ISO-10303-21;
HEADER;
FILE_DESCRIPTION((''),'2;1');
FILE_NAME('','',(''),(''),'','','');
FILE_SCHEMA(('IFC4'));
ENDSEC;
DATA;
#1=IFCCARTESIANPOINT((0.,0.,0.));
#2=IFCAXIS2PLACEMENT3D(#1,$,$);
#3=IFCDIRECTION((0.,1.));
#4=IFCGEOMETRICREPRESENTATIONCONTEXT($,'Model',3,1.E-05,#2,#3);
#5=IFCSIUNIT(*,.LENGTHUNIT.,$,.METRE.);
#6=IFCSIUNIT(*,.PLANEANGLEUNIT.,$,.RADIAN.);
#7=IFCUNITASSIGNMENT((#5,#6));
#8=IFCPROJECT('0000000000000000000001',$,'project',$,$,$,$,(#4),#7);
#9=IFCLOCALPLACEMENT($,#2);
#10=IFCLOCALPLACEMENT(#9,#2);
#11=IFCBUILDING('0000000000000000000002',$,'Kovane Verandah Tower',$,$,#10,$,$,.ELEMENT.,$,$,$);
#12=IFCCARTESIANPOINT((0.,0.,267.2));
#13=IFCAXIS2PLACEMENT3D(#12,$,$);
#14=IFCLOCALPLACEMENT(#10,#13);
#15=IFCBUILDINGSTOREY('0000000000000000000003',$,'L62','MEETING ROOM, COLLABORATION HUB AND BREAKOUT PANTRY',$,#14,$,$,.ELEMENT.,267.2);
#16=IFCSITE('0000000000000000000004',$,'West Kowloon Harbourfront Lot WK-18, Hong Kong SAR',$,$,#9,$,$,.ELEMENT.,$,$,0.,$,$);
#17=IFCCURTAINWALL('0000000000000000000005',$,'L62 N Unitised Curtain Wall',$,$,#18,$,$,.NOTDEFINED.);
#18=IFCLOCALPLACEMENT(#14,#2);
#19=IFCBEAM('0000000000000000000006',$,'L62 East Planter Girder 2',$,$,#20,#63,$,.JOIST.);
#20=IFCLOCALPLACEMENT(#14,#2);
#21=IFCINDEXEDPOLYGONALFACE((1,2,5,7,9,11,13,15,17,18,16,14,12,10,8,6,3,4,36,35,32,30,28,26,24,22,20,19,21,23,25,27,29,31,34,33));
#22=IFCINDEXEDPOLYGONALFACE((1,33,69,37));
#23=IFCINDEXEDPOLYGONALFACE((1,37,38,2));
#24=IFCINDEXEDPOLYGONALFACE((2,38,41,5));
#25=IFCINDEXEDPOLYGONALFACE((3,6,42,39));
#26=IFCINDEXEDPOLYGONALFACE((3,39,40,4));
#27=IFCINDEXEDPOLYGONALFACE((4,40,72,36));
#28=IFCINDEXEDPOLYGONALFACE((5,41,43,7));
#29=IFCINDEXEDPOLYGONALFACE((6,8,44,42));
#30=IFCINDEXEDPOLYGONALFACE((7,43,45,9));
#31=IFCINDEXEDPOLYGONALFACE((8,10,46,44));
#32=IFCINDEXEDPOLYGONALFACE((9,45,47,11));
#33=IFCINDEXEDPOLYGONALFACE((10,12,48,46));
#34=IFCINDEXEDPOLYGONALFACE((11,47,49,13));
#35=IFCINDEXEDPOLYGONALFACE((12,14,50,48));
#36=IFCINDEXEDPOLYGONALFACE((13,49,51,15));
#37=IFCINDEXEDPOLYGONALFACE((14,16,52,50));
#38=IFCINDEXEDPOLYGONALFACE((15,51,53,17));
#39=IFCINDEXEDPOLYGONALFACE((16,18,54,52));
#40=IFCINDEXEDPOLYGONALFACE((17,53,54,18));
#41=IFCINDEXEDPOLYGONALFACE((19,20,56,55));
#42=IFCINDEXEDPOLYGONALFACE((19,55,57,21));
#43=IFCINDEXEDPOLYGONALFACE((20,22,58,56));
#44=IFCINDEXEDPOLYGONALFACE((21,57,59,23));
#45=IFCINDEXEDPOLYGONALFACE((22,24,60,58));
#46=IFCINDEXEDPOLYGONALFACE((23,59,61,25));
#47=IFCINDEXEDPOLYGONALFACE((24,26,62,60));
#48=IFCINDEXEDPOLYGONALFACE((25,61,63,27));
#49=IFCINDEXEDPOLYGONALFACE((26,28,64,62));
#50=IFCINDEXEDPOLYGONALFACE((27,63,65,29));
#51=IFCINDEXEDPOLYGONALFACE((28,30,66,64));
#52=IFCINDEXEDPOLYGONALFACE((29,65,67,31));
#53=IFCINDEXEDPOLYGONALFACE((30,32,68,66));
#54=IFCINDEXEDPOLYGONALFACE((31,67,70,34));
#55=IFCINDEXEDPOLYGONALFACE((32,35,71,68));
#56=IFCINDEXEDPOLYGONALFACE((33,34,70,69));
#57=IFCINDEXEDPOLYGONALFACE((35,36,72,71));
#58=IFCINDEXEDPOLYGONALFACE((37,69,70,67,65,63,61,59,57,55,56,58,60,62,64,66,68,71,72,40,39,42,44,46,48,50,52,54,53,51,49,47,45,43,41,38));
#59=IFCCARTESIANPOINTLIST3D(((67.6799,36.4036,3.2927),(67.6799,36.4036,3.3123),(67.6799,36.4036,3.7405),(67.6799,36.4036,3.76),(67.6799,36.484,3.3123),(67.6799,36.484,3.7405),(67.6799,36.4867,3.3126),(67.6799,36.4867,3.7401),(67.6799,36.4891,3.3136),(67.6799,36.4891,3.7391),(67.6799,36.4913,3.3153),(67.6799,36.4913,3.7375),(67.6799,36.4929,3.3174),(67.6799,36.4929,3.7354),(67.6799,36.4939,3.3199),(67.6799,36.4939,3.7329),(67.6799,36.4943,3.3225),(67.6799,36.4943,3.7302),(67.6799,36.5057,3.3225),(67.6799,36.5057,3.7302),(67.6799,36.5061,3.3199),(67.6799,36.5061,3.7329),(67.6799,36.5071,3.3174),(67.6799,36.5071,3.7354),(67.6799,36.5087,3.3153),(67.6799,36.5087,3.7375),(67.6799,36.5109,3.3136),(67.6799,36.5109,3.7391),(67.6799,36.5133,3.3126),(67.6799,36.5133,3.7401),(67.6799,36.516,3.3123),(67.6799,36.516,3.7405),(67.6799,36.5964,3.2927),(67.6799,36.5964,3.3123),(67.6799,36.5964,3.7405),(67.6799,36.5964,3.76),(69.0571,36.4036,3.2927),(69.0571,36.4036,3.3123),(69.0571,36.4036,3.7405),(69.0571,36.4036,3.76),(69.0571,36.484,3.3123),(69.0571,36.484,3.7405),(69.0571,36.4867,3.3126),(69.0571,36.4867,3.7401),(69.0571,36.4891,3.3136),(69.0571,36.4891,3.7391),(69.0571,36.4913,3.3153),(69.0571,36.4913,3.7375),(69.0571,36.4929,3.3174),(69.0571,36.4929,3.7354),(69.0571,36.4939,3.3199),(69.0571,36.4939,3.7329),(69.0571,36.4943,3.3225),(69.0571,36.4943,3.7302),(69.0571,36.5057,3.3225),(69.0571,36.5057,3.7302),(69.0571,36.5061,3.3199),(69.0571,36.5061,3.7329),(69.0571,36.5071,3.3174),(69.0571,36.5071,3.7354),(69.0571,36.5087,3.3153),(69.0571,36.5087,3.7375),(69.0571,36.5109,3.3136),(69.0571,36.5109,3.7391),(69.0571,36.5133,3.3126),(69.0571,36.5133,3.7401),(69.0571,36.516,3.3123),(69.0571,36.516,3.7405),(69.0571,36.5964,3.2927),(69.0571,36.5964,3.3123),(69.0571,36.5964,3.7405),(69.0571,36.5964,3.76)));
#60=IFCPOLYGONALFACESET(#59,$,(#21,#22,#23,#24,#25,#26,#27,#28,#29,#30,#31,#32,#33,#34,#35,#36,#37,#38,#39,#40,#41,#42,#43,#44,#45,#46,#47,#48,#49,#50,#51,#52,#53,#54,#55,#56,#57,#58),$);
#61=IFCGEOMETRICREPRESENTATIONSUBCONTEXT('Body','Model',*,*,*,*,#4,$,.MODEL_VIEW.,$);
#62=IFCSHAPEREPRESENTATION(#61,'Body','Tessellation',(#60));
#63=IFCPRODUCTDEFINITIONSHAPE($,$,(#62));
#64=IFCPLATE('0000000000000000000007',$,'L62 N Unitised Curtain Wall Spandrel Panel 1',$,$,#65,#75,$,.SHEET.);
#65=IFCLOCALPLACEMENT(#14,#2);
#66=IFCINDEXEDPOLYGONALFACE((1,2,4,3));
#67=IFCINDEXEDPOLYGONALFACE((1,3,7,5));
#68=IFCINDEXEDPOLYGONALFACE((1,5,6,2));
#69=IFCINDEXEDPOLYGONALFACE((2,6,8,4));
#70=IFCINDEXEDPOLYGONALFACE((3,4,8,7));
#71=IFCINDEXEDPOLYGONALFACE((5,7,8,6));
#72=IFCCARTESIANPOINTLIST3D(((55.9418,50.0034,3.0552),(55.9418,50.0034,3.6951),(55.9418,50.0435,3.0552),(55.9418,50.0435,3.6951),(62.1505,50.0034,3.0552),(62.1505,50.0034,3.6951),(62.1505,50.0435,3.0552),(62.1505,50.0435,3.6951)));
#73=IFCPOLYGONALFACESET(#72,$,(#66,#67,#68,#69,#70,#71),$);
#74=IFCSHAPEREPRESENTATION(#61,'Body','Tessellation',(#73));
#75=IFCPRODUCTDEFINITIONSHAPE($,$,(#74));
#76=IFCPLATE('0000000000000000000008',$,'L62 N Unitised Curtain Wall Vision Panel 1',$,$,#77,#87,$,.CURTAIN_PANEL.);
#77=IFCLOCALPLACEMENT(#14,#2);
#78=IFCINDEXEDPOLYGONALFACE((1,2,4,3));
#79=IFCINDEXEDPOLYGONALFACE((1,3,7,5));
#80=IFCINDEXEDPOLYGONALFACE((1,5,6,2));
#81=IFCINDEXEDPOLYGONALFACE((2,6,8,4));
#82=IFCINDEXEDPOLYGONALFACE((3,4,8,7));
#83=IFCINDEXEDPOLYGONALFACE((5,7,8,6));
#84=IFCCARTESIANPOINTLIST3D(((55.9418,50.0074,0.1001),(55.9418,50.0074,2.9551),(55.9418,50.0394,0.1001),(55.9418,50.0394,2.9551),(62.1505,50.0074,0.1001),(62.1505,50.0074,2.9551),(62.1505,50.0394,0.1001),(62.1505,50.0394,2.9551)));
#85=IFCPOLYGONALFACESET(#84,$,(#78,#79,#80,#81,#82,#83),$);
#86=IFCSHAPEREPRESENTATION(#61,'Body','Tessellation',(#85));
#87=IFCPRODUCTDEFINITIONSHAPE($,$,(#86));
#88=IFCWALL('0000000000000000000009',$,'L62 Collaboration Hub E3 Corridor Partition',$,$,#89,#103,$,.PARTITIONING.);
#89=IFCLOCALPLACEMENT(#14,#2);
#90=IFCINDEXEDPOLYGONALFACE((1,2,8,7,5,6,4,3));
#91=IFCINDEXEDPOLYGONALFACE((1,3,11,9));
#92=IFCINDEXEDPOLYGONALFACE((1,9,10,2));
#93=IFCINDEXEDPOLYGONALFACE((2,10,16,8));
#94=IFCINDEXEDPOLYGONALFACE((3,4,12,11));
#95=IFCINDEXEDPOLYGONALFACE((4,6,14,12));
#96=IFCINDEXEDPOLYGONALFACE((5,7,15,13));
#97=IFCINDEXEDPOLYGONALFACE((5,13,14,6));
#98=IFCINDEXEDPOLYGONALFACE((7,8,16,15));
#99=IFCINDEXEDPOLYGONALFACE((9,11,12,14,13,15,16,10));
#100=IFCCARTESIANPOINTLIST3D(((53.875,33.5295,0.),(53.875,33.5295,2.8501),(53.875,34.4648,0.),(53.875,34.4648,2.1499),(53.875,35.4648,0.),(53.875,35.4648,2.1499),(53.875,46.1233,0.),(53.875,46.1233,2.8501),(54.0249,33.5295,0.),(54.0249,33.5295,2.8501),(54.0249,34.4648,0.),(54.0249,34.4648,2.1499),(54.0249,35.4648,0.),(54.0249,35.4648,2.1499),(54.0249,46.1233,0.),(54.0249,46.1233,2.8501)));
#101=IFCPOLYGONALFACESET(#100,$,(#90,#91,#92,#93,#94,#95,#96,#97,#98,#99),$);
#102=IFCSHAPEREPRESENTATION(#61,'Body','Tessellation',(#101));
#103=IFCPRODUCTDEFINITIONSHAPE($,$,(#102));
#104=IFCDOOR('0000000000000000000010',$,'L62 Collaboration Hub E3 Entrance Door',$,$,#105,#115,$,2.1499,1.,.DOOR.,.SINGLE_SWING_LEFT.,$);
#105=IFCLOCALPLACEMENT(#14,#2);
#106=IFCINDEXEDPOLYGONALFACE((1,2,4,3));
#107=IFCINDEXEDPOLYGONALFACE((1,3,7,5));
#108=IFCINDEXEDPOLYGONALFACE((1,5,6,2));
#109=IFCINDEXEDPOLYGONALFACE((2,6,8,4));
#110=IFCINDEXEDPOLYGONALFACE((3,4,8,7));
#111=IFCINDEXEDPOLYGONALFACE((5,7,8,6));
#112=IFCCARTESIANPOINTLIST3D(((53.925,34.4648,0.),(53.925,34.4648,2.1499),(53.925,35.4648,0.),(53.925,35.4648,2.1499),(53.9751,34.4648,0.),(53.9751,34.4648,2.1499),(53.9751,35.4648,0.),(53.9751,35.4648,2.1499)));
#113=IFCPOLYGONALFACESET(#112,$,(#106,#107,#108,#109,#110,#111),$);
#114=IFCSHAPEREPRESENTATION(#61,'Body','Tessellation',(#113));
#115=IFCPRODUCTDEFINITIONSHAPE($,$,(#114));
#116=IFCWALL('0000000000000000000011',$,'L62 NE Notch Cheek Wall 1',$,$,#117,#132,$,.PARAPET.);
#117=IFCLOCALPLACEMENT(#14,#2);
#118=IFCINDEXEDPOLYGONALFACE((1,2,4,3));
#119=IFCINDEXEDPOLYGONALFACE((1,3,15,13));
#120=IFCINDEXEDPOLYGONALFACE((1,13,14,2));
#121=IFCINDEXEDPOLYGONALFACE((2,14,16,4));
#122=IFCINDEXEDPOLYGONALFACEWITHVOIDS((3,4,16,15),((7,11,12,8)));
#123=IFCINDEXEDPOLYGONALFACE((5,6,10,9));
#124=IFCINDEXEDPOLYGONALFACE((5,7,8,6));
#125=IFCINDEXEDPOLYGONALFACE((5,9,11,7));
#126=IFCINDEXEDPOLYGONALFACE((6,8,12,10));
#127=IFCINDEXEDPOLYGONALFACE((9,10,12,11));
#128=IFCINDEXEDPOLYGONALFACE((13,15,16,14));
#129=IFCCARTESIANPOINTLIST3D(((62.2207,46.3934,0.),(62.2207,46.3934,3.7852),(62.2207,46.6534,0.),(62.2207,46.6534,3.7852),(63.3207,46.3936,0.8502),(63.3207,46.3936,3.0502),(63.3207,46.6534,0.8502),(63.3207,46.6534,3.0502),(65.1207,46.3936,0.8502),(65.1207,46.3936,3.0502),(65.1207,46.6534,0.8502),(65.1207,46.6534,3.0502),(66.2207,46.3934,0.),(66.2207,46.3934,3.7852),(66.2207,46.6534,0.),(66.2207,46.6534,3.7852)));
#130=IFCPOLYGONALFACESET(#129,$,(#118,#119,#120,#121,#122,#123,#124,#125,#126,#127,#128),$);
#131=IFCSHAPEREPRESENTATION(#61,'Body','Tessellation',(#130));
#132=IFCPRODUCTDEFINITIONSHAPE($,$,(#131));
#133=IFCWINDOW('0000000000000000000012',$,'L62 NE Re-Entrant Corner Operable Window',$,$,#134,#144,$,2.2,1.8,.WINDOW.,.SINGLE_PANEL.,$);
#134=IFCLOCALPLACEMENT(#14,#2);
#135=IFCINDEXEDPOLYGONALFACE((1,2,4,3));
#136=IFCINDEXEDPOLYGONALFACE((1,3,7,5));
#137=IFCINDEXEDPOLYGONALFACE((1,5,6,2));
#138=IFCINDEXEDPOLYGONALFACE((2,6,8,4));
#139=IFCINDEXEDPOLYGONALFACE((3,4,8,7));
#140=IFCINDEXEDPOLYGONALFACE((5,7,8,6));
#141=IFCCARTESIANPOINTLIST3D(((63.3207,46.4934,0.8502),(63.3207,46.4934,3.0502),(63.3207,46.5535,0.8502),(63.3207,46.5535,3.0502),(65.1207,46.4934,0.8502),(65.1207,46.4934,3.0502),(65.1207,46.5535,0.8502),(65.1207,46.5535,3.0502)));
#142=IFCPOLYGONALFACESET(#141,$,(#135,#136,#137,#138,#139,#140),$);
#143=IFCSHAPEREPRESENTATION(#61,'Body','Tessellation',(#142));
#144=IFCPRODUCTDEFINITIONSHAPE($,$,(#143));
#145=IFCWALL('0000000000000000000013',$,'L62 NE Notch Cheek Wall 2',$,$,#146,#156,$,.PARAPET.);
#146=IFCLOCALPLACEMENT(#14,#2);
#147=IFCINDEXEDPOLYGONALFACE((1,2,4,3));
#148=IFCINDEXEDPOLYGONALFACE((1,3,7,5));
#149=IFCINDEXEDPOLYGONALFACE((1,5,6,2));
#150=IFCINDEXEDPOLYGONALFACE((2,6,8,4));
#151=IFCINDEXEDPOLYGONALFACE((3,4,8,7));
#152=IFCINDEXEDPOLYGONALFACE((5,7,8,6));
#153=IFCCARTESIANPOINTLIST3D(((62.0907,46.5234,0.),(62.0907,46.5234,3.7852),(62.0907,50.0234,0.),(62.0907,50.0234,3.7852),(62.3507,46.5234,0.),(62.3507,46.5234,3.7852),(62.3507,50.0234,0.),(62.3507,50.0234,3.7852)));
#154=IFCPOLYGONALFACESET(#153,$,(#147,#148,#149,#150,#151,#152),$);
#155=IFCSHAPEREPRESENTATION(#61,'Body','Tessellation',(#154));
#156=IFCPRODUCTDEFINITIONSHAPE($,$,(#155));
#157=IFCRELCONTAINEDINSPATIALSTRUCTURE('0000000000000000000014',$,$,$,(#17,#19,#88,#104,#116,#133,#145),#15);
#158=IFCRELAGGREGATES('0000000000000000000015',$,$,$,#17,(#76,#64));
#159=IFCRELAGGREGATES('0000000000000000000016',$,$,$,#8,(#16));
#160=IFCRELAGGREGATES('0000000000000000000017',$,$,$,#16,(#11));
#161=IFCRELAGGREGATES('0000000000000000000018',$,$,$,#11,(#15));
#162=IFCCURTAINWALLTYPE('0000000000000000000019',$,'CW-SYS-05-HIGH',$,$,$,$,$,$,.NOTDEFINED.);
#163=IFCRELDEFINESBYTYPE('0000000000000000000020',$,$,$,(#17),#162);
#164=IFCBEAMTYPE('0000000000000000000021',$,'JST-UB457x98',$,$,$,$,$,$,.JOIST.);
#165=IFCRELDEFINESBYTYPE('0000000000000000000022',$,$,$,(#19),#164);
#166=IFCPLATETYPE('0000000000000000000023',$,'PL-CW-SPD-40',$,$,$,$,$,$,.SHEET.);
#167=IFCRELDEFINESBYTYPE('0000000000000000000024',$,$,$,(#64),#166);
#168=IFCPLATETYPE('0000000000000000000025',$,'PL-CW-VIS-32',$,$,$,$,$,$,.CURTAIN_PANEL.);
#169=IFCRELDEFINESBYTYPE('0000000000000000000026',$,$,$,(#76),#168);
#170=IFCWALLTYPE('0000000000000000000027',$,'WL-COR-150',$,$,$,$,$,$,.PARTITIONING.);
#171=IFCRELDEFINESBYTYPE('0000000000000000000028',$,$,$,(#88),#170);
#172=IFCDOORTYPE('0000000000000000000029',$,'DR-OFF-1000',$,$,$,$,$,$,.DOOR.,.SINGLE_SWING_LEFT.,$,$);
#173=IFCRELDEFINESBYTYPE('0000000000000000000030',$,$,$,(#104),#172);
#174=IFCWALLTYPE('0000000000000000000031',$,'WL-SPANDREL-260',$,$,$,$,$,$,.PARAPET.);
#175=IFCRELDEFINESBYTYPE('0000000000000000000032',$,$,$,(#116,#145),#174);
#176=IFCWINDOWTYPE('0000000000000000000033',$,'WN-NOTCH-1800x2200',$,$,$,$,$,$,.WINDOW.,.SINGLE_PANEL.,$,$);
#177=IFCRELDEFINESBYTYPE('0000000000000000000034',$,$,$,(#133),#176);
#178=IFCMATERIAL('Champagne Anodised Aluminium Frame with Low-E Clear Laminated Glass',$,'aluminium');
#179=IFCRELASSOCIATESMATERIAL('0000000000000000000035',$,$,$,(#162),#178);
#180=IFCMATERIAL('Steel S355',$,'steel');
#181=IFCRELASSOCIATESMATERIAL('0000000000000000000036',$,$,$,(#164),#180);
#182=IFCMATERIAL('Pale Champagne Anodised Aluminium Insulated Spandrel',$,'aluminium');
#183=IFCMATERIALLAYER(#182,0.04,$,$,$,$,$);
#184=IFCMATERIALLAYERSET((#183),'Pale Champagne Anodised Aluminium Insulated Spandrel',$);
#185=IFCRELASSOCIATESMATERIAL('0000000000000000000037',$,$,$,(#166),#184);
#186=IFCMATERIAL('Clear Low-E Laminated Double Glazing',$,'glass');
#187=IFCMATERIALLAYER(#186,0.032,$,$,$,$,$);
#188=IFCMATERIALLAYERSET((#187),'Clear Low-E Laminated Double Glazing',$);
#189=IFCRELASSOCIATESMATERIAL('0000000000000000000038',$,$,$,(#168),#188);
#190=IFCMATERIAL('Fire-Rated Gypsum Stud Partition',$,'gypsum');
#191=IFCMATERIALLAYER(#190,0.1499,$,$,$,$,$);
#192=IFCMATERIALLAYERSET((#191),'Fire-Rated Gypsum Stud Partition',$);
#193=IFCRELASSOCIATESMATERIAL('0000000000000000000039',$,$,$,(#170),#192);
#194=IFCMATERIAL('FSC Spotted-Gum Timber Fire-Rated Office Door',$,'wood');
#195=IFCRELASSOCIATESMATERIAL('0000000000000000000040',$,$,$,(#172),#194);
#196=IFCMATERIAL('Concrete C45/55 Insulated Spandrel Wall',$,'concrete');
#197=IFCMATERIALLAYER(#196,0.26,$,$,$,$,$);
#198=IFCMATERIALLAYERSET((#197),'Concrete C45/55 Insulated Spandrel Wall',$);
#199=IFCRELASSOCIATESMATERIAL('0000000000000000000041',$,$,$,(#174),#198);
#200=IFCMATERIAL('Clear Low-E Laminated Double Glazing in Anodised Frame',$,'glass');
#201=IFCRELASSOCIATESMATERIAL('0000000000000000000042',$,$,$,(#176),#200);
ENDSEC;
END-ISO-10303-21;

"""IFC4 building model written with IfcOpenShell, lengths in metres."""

from ifc_helpers import new_model, si_unit, direction, frame, frame_2d, origin, origin_2d, place, context, subcontext, project, spatial, rectangle, i_section, extrude, material, layer, layer_set, material_profile, profile_set, type_object, element, fill, aggregate, save


model = new_model("IFC4")

# Units and contexts
model_context = context("Model", 3, precision=1e-05, world=origin(), true_north=direction((0.0, 1.0)))
body_context = subcontext(model_context, "Body", "Model", "MODEL_VIEW")
ifc_project = project(units=[si_unit("LENGTHUNIT", "METRE"), si_unit("PLANEANGLEUNIT", "RADIAN")], contexts=[model_context])

# Site, building, storey
site_placement = place(None, origin())
site = spatial("IfcSite", under=ifc_project, at=site_placement, Name="West Kowloon Harbourfront Lot WK-18, Hong Kong SAR", CompositionType="ELEMENT", RefElevation=0.0)
building_placement = place(site_placement, origin())
building = spatial("IfcBuilding", under=site, at=building_placement, Name="Kovane Verandah Tower", CompositionType="ELEMENT")
storey_placement = place(building_placement, frame((0.0, 0.0, 267.2)))
storey = spatial("IfcBuildingStorey", under=building, at=storey_placement, Name="L62", Description="MEETING ROOM, COLLABORATION HUB AND BREAKOUT PANTRY", CompositionType="ELEMENT", Elevation=267.2)

# Shared definitions
ifc_material_1 = material(Name="Steel S355", Category="steel")

# Curtain wall
ifc_material_2 = material(Name="Champagne Anodised Aluminium Frame with Low-E Clear Laminated Glass", Category="aluminium")
curtain_wall_type = type_object("IfcCurtainWallType", Name="CW-SYS-05-HIGH", PredefinedType="NOTDEFINED", material=ifc_material_2)
curtain_wall_placement = place(storey_placement, origin())
curtain_wall = element("IfcCurtainWall", 1, at=curtain_wall_placement, inside=storey, type_object=curtain_wall_type, Name="L62 N Unitised Curtain Wall", PredefinedType="NOTDEFINED")

# Beam
ifc_material_profile_1 = material_profile(ifc_material_1, i_section(OverallWidth=0.1929, OverallDepth=0.4673, WebThickness=0.0115, FlangeThickness=0.0195, FilletRadius=0.0103, at=origin_2d()), Name="UB457x191x98")
ifc_profile_set_1 = profile_set([ifc_material_profile_1], Name="Steel S355")
beam_type_1 = type_object("IfcBeamType", Name="JST-UB457x98", PredefinedType="JOIST", material=ifc_profile_set_1)
beam_1_placement = place(storey_placement, frame((67.6799, 36.5, 3.5264), z_axis=(1.0, 0.0, 0.0), x_axis=(0.0, 1.0, 0.0)))
element("IfcBeam", 2, at=beam_1_placement, inside=storey, type_object=beam_type_1, Name="L62 East Planter Girder 2", PredefinedType="JOIST", context=body_context, shape_type="SweptSolid", body=[
    extrude(i_section(OverallWidth=0.1929, OverallDepth=0.4673, WebThickness=0.0115, FlangeThickness=0.0195, FilletRadius=0.0103, at=origin_2d()), origin(), (0.0, 0.0, 1.0), 1.3772),
])

# Plates
ifc_material_3 = material(Name="Pale Champagne Anodised Aluminium Insulated Spandrel", Category="aluminium")
ifc_layer_1 = layer(ifc_material_3, 0.04)
ifc_layer_set_1 = layer_set([ifc_layer_1], Name="Pale Champagne Anodised Aluminium Insulated Spandrel")
plate_type_1 = type_object("IfcPlateType", Name="PL-CW-SPD-40", PredefinedType="SHEET", material=ifc_layer_set_1)
plate_1_placement = place(storey_placement, frame((59.0461, 50.0234, 3.0552), z_axis=(0.0, 0.0, 1.0), x_axis=(-1.0, 0.0, 0.0)))
plate_1 = element("IfcPlate", 3, at=plate_1_placement, type_object=plate_type_1, Name="L62 N Unitised Curtain Wall Spandrel Panel 1", PredefinedType="SHEET", context=body_context, shape_type="SweptSolid", body=[
    extrude(rectangle(XDim=6.2087, YDim=0.04, at=origin_2d()), origin(), (0.0, 0.0, 1.0), 0.6399),
])
ifc_material_4 = material(Name="Clear Low-E Laminated Double Glazing", Category="glass")
ifc_layer_2 = layer(ifc_material_4, 0.032)
ifc_layer_set_2 = layer_set([ifc_layer_2], Name="Clear Low-E Laminated Double Glazing")
plate_type_2 = type_object("IfcPlateType", Name="PL-CW-VIS-32", PredefinedType="CURTAIN_PANEL", material=ifc_layer_set_2)
plate_2_placement = place(storey_placement, frame((59.0461, 50.0234, 0.1001), z_axis=(0.0, 0.0, 1.0), x_axis=(-1.0, 0.0, 0.0)))
plate_2 = element("IfcPlate", 4, at=plate_2_placement, type_object=plate_type_2, Name="L62 N Unitised Curtain Wall Vision Panel 1", PredefinedType="CURTAIN_PANEL", context=body_context, shape_type="SweptSolid", body=[
    extrude(rectangle(XDim=6.2087, YDim=0.032, at=origin_2d()), origin(), (0.0, 0.0, 1.0), 2.855),
])
aggregate(curtain_wall, [plate_2, plate_1])

# Wall, opening, door
ifc_material_5 = material(Name="Fire-Rated Gypsum Stud Partition", Category="gypsum")
ifc_layer_3 = layer(ifc_material_5, 0.1499)
ifc_layer_set_3 = layer_set([ifc_layer_3], Name="Fire-Rated Gypsum Stud Partition")
wall_type_1 = type_object("IfcWallType", Name="WL-COR-150", PredefinedType="PARTITIONING", material=ifc_layer_set_3)
wall_1_placement = place(storey_placement, frame((53.95, 33.5295, 0.0), z_axis=(0.0, 0.0, 1.0), x_axis=(0.0, 1.0, 0.0)))
wall_1 = element("IfcWall", 5, at=wall_1_placement, inside=storey, type_object=wall_type_1, Name="L62 Collaboration Hub E3 Corridor Partition", PredefinedType="PARTITIONING", context=body_context, shape_type="SweptSolid", body=[
    extrude(rectangle(XDim=12.5938, YDim=0.1499, at=frame_2d((6.2969, 0.0))), origin(), (0.0, 0.0, 1.0), 2.8501),
])
opening_1_placement = place(wall_1_placement, frame((0.9353, 0.0, 0.0)))
opening_1 = element("IfcOpeningElement", 6, at=opening_1_placement, cuts=wall_1, PredefinedType="OPENING", context=body_context, shape_type="SweptSolid", body=[
    extrude(rectangle(XDim=1.0, YDim=2.1499, at=frame_2d((0.5, 1.075))), frame((0.0, 0.075, 0.0), z_axis=(0.0, -1.0, 0.0), x_axis=(1.0, 0.0, 0.0)), (0.0, 0.0, 1.0), 0.1499),
])
ifc_material_6 = material(Name="FSC Spotted-Gum Timber Fire-Rated Office Door", Category="wood")
door_type = type_object("IfcDoorType", Name="DR-OFF-1000", OperationType="SINGLE_SWING_LEFT", PredefinedType="DOOR", material=ifc_material_6)
door_placement = place(opening_1_placement, origin())
door = element("IfcDoor", 7, at=door_placement, inside=storey, type_object=door_type, Name="L62 Collaboration Hub E3 Entrance Door", OperationType="SINGLE_SWING_LEFT", OverallHeight=2.1499, OverallWidth=1.0, PredefinedType="DOOR", context=body_context, shape_type="SweptSolid", body=[
    extrude(rectangle(XDim=1.0, YDim=2.1499, at=frame_2d((0.5, 1.075))), frame((0.0, 0.0249, 0.0), z_axis=(0.0, -1.0, 0.0), x_axis=(1.0, 0.0, 0.0)), (0.0, 0.0, 1.0), 0.05),
])
fill(opening_1, door)

# Wall, opening, window
ifc_material_7 = material(Name="Concrete C45/55 Insulated Spandrel Wall", Category="concrete")
ifc_layer_4 = layer(ifc_material_7, 0.26)
ifc_layer_set_4 = layer_set([ifc_layer_4], Name="Concrete C45/55 Insulated Spandrel Wall")
wall_type_2 = type_object("IfcWallType", Name="WL-SPANDREL-260", PredefinedType="PARAPET", material=ifc_layer_set_4)
wall_2_placement = place(storey_placement, frame((66.2207, 46.5234, 0.0), z_axis=(0.0, 0.0, 1.0), x_axis=(-1.0, 0.0, 0.0)))
wall_2 = element("IfcWall", 8, at=wall_2_placement, inside=storey, type_object=wall_type_2, Name="L62 NE Notch Cheek Wall 1", PredefinedType="PARAPET", context=body_context, shape_type="SweptSolid", body=[
    extrude(rectangle(XDim=4.0, YDim=0.26, at=frame_2d((2.0, 0.0))), origin(), (0.0, 0.0, 1.0), 3.7852),
])
opening_2_placement = place(wall_2_placement, frame((1.1001, 0.0, 0.8501)))
opening_2 = element("IfcOpeningElement", 9, at=opening_2_placement, cuts=wall_2, PredefinedType="OPENING", context=body_context, shape_type="SweptSolid", body=[
    extrude(rectangle(XDim=1.8, YDim=2.2, at=frame_2d((0.8999, 1.1001))), frame((0.0, 0.1299, 0.0), z_axis=(0.0, -1.0, 0.0), x_axis=(1.0, 0.0, 0.0)), (0.0, 0.0, 1.0), 0.26),
])
ifc_material_8 = material(Name="Clear Low-E Laminated Double Glazing in Anodised Frame", Category="glass")
window_type = type_object("IfcWindowType", Name="WN-NOTCH-1800x2200", PartitioningType="SINGLE_PANEL", PredefinedType="WINDOW", material=ifc_material_8)
window_placement = place(opening_2_placement, origin())
window = element("IfcWindow", 10, at=window_placement, inside=storey, type_object=window_type, Name="L62 NE Re-Entrant Corner Operable Window", OverallHeight=2.2, OverallWidth=1.8, PartitioningType="SINGLE_PANEL", PredefinedType="WINDOW", context=body_context, shape_type="SweptSolid", body=[
    extrude(rectangle(XDim=1.8, YDim=2.2, at=frame_2d((0.8999, 1.1001))), frame((0.0, 0.03, 0.0), z_axis=(0.0, -1.0, 0.0), x_axis=(1.0, 0.0, 0.0)), (0.0, 0.0, 1.0), 0.0601),
])
fill(opening_2, window)

# Wall
wall_3_placement = place(storey_placement, frame((62.2207, 46.5234, 0.0), z_axis=(0.0, 0.0, 1.0), x_axis=(0.0, 1.0, 0.0)))
element("IfcWall", 11, at=wall_3_placement, inside=storey, type_object=wall_type_2, Name="L62 NE Notch Cheek Wall 2", PredefinedType="PARAPET", context=body_context, shape_type="SweptSolid", body=[
    extrude(rectangle(XDim=3.5, YDim=0.26, at=frame_2d((1.75, 0.0))), origin(), (0.0, 0.0, 1.0), 3.7852),
])

save(model, "model.ifc")
